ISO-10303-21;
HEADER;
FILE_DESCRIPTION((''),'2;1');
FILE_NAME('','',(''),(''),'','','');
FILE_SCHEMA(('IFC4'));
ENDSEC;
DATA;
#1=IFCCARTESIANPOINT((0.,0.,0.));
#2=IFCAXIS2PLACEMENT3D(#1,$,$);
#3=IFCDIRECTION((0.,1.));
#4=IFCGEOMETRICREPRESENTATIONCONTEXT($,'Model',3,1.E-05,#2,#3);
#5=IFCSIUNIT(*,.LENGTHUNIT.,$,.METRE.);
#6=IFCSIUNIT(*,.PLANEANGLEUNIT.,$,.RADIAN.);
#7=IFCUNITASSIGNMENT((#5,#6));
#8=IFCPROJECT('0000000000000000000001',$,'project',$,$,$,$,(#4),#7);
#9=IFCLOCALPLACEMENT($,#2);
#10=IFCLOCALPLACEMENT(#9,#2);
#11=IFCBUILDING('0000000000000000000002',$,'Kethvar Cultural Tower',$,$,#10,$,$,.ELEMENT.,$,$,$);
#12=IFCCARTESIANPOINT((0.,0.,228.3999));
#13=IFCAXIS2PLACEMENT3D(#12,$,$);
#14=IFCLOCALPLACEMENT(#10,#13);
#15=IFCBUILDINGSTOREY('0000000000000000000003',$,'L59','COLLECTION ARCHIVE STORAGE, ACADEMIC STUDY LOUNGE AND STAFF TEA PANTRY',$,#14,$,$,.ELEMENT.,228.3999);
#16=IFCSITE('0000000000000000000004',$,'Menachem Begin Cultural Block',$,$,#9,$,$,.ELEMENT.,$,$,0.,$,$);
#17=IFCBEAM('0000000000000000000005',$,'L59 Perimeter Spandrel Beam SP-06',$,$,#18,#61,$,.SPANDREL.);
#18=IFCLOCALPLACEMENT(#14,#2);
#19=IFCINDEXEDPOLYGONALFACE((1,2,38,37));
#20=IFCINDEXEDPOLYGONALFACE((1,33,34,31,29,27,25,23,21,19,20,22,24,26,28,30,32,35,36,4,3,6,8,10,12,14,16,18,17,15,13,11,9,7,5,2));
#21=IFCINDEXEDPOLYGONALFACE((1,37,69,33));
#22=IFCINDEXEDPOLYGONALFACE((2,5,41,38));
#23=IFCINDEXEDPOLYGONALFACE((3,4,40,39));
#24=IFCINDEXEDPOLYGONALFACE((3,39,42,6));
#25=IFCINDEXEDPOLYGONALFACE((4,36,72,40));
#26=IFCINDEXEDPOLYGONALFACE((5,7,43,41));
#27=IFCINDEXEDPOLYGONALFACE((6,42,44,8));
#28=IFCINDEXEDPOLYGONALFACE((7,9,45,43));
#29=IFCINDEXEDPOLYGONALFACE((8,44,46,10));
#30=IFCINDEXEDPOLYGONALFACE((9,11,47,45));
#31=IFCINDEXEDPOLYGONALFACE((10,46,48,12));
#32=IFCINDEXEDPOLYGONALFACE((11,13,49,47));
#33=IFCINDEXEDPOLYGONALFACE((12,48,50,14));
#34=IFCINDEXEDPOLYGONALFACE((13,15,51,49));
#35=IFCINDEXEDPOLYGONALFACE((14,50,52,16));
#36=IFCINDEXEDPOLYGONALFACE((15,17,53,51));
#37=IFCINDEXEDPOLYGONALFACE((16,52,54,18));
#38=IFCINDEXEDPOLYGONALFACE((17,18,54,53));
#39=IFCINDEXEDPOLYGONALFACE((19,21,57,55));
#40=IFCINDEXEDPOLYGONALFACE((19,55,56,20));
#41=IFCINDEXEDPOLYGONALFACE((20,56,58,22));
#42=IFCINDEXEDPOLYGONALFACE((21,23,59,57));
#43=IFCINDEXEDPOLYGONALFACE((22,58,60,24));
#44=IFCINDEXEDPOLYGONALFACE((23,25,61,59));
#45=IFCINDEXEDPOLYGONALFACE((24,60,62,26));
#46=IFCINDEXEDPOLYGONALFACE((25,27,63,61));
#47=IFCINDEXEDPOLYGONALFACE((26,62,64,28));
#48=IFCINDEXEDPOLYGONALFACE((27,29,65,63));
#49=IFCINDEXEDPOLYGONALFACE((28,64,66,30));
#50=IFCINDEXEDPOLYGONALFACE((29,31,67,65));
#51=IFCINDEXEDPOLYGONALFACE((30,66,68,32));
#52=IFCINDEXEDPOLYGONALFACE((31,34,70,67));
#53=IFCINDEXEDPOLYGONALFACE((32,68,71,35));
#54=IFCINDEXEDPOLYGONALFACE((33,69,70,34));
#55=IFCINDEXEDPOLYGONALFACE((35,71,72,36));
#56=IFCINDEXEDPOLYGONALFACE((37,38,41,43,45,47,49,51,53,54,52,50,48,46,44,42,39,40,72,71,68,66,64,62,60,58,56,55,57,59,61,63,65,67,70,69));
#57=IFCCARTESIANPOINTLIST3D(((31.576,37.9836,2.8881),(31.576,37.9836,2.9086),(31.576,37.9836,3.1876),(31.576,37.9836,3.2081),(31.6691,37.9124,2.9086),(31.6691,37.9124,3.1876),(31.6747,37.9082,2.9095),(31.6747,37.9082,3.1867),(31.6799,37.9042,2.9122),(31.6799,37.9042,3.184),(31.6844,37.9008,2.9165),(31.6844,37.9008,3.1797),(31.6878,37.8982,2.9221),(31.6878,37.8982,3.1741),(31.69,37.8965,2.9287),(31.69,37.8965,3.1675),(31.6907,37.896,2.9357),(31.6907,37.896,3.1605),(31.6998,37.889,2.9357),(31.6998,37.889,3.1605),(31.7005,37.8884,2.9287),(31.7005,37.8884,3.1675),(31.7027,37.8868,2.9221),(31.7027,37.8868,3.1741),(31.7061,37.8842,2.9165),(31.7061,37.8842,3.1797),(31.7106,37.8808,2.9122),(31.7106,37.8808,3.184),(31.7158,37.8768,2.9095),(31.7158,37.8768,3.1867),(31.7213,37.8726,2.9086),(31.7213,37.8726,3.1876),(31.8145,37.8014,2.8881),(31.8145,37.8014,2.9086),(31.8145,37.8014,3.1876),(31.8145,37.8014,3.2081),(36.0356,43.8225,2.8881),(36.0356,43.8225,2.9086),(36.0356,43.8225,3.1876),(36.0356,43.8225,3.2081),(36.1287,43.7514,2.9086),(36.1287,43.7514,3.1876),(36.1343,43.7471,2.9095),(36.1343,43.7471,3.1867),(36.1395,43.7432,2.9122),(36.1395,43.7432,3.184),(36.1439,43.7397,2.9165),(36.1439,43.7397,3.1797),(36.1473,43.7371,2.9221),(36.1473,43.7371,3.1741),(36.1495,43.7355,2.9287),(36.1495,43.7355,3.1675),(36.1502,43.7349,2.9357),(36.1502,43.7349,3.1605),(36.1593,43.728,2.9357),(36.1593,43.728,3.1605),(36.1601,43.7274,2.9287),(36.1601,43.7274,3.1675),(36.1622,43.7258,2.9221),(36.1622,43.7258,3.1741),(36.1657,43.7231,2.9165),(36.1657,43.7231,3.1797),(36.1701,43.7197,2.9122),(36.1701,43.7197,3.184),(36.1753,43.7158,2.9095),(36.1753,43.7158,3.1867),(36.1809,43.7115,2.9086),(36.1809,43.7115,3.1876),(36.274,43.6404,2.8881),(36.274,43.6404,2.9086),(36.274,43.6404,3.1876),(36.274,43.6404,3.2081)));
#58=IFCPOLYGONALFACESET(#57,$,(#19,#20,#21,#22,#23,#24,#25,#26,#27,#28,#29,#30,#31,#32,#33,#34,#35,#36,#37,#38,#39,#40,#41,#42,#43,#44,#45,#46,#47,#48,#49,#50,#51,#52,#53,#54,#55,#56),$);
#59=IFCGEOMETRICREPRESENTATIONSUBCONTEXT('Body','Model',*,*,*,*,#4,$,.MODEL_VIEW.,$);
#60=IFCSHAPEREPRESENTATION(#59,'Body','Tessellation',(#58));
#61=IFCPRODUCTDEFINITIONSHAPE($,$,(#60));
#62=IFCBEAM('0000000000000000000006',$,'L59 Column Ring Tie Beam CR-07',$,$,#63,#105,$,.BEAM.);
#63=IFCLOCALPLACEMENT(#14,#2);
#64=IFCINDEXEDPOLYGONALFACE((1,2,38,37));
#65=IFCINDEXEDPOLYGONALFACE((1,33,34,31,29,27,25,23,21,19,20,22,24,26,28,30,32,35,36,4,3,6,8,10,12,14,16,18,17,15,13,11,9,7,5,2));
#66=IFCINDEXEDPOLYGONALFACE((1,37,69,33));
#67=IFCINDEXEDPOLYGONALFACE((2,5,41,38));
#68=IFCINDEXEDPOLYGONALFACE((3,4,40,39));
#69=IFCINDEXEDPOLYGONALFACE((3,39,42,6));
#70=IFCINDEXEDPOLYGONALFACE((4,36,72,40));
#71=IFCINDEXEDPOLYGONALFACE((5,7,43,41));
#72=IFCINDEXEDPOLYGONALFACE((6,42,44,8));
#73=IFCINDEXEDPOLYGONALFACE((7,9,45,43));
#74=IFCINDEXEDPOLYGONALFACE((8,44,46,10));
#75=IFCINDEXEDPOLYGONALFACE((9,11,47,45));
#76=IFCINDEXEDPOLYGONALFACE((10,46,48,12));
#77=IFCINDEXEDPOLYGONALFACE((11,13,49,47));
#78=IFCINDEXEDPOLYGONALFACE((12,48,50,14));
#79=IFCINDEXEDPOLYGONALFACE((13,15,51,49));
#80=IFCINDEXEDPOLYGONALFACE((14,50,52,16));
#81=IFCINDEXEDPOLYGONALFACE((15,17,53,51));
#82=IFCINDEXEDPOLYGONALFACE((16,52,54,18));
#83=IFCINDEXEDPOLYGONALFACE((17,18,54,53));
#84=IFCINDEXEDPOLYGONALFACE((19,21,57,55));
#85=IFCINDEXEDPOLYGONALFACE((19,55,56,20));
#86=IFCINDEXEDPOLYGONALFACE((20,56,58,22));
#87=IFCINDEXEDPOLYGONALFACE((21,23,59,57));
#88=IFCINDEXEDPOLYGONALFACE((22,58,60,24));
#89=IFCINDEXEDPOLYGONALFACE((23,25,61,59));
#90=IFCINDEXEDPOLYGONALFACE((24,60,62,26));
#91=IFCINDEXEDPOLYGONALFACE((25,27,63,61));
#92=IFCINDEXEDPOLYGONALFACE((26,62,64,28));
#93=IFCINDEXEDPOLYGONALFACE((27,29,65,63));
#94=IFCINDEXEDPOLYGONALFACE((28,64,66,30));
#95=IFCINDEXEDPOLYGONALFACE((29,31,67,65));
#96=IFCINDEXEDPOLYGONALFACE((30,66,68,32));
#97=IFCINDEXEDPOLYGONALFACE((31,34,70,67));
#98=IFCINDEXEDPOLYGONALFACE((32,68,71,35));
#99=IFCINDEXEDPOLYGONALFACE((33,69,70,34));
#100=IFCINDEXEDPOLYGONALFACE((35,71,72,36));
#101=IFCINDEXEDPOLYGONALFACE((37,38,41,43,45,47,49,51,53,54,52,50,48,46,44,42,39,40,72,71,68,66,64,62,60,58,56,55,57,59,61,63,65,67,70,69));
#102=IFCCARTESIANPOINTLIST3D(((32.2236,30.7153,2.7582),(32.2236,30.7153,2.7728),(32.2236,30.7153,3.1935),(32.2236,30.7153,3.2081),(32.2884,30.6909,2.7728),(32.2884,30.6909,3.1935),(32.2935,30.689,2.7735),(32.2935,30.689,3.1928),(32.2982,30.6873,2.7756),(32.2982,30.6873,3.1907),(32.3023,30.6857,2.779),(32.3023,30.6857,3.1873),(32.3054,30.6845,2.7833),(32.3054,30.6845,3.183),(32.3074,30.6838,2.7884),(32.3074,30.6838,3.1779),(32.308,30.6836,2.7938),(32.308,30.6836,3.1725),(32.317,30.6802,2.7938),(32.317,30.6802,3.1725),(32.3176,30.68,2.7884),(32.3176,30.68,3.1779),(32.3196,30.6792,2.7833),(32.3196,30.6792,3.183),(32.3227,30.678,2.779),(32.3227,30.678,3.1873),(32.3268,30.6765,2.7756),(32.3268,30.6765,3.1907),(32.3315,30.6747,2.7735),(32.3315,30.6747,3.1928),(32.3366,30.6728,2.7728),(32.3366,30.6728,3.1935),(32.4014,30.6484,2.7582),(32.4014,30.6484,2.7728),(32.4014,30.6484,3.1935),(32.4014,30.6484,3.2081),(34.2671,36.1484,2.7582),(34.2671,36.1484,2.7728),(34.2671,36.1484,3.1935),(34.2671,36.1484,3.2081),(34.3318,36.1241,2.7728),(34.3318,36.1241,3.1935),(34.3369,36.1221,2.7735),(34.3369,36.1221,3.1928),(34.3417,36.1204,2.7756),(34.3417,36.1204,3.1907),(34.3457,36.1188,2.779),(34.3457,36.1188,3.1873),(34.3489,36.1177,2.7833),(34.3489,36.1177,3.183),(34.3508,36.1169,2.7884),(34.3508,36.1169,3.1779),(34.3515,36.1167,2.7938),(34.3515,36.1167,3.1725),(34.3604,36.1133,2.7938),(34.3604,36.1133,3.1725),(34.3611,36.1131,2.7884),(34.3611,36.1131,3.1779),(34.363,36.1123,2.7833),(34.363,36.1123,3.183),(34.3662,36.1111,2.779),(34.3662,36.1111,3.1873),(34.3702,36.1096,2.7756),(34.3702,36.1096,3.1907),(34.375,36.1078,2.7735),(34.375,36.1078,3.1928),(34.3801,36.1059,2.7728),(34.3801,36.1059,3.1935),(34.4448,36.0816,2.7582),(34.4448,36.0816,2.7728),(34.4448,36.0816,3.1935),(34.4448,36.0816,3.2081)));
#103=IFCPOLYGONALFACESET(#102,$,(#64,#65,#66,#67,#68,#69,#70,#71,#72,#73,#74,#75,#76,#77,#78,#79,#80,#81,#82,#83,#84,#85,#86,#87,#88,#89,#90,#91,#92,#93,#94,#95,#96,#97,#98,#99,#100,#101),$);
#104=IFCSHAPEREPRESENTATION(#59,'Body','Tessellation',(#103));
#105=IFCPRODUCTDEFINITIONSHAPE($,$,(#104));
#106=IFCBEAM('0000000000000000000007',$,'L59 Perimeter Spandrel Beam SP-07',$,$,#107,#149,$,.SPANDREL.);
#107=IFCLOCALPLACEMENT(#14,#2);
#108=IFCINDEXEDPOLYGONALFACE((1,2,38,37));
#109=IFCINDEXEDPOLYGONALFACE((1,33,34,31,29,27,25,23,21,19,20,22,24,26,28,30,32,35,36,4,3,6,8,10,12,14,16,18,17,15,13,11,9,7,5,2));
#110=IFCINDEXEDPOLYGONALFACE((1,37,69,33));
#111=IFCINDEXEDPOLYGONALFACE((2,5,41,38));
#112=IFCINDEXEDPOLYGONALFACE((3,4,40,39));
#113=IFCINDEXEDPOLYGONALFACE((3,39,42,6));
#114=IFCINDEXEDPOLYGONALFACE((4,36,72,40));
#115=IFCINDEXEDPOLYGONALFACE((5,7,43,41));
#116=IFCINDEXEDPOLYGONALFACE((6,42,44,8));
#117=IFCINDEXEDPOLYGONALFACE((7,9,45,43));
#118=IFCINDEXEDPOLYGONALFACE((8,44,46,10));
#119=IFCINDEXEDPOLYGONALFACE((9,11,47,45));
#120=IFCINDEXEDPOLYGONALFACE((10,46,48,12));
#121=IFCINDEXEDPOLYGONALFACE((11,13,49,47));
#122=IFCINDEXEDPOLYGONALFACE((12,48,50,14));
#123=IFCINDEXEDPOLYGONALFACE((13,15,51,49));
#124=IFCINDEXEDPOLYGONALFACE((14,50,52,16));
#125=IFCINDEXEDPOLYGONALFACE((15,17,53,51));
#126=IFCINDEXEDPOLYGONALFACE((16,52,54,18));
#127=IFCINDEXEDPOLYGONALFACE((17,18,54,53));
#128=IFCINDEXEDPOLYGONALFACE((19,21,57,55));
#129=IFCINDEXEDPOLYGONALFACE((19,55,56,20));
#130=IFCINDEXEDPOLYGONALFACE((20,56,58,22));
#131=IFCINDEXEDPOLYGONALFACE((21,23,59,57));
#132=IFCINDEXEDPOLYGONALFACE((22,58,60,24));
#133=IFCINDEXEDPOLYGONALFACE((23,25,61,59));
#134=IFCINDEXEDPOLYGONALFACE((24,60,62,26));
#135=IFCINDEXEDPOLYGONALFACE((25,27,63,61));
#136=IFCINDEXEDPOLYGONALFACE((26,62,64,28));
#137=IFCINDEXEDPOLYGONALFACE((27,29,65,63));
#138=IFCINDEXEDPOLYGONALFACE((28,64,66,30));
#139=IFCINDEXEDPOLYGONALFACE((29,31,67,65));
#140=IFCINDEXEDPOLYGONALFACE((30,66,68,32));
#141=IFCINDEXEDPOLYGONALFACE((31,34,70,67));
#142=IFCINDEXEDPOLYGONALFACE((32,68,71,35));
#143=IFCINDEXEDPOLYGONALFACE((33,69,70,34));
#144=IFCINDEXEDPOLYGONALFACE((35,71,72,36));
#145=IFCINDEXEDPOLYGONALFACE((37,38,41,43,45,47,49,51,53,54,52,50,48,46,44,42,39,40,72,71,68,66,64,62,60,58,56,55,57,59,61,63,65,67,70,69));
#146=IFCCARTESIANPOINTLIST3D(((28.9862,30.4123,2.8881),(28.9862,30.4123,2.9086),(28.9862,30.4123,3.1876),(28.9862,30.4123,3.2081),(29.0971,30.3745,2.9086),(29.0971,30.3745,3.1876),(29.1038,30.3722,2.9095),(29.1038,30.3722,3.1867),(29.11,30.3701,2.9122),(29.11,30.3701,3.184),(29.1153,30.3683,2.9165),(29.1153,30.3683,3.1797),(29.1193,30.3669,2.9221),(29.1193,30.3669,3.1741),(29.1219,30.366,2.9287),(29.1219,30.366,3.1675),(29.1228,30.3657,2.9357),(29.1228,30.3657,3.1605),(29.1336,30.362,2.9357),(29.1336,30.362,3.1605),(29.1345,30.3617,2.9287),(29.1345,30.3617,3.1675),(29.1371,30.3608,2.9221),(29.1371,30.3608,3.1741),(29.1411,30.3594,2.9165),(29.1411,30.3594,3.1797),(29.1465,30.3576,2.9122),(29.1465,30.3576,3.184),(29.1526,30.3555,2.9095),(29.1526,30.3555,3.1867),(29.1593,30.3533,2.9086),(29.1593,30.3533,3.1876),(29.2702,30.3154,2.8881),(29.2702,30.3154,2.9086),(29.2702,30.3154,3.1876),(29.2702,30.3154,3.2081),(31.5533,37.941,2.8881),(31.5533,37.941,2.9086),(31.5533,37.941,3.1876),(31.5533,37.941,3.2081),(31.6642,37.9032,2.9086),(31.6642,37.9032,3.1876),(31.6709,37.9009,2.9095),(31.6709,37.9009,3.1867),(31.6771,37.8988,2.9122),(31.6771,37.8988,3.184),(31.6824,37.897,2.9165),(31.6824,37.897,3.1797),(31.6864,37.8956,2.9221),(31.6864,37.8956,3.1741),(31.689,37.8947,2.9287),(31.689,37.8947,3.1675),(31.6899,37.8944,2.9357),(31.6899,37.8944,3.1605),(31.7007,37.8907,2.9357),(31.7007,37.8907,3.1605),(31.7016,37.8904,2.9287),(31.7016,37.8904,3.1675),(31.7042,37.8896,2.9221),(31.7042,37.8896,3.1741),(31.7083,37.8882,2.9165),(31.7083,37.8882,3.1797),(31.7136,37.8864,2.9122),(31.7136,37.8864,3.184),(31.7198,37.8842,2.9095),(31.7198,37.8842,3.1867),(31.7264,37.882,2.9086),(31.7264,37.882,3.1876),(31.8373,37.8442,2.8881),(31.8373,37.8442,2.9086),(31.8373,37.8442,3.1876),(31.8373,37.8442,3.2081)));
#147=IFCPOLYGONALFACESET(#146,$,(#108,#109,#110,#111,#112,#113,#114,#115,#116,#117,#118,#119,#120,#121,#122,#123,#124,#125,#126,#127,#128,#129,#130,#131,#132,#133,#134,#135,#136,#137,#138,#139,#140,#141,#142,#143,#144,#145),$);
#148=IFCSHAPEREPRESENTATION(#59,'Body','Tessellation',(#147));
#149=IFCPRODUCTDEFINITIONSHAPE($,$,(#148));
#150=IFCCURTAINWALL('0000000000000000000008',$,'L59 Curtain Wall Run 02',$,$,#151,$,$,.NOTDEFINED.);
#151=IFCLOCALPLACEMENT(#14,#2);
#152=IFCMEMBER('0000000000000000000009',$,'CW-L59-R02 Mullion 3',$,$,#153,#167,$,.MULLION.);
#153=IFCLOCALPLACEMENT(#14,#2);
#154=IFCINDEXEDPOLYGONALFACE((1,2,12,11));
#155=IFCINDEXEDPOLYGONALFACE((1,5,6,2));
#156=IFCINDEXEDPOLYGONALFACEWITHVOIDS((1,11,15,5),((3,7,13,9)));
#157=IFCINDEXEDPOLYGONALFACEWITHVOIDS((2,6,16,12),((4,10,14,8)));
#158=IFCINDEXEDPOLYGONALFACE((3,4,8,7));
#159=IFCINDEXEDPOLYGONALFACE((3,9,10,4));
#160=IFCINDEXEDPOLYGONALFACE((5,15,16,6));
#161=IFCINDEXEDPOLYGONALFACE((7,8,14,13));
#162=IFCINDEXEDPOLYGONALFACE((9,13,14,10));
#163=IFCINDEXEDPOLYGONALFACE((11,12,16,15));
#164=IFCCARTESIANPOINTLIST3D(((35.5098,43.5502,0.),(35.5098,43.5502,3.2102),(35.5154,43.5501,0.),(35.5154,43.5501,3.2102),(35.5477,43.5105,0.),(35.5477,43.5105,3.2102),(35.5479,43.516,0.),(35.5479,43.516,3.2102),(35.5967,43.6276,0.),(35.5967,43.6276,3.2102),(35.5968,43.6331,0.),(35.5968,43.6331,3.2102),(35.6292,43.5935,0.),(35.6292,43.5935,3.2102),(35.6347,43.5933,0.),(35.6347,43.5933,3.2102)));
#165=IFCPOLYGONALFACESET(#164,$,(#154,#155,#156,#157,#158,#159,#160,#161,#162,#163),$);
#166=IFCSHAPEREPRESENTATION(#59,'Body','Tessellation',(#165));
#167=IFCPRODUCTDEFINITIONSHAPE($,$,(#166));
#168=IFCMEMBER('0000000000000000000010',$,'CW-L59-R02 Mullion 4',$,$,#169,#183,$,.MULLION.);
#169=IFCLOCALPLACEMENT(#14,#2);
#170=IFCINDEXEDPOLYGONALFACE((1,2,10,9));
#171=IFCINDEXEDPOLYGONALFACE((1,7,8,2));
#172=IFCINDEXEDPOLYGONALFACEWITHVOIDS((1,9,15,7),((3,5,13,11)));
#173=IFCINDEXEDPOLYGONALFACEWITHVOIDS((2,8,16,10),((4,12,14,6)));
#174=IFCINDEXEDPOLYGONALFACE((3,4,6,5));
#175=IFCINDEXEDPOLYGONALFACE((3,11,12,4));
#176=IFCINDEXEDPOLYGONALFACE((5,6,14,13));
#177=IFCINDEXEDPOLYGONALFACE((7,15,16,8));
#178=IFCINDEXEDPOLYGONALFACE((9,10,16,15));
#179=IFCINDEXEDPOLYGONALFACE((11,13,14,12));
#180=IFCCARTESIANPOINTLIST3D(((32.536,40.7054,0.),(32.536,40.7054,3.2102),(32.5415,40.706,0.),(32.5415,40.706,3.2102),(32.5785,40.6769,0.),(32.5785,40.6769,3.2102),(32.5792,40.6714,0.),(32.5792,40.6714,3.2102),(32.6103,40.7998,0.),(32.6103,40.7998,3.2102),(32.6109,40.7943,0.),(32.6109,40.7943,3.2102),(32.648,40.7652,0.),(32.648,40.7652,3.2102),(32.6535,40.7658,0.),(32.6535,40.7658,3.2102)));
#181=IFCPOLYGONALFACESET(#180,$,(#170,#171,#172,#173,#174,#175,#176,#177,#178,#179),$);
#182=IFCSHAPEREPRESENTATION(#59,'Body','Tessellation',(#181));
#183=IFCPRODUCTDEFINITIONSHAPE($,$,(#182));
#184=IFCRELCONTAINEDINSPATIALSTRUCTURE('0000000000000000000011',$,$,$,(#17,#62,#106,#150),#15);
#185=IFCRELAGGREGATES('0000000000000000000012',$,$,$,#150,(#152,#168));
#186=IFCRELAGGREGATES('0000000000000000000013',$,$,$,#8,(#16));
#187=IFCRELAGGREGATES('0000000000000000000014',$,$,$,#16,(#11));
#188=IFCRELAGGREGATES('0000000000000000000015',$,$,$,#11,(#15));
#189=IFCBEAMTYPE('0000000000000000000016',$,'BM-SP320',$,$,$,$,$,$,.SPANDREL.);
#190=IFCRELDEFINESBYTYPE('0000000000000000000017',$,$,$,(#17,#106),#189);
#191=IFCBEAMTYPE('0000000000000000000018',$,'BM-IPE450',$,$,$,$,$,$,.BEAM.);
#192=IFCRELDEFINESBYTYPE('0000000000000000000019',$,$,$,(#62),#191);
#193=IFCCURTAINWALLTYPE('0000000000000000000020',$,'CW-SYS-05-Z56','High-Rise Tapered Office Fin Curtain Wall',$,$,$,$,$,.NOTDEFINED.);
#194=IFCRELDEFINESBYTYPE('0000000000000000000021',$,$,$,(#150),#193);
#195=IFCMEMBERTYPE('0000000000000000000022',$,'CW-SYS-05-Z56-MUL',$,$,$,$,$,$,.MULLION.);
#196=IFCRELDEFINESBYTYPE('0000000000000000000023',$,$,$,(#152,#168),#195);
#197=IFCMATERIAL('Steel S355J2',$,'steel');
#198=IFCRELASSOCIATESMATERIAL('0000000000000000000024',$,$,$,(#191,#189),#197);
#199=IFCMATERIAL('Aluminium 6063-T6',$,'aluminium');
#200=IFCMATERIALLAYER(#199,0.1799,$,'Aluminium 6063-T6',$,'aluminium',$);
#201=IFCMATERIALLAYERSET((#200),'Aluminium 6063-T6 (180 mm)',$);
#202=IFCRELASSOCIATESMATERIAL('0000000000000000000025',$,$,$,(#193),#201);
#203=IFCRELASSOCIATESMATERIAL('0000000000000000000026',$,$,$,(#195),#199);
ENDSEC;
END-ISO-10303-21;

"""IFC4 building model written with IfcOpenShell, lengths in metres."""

from ifc_helpers import new_model, si_unit, direction, frame, origin, origin_2d, place, context, subcontext, project, spatial, hollow_rectangle, i_section, extrude, source, transform, mapped, material, layer, layer_set, material_profile, profile_set, type_object, element, aggregate, save


model = new_model("IFC4")

# Units and contexts
model_context = context("Model", 3, precision=1e-05, world=origin(), true_north=direction((0.0, 1.0)))
body_context = subcontext(model_context, "Body", "Model", "MODEL_VIEW")
ifc_project = project(units=[si_unit("LENGTHUNIT", "METRE"), si_unit("PLANEANGLEUNIT", "RADIAN")], contexts=[model_context])

# Site, building, storey
site_placement = place(None, origin())
site = spatial("IfcSite", under=ifc_project, at=site_placement, Name="Menachem Begin Cultural Block", CompositionType="ELEMENT", RefElevation=0.0)
building_placement = place(site_placement, origin())
building = spatial("IfcBuilding", under=site, at=building_placement, Name="Kethvar Cultural Tower", CompositionType="ELEMENT")
storey_placement = place(building_placement, frame((0.0, 0.0, 228.3999)))
storey = spatial("IfcBuildingStorey", under=building, at=storey_placement, Name="L59", Description="COLLECTION ARCHIVE STORAGE, ACADEMIC STUDY LOUNGE AND STAFF TEA PANTRY", CompositionType="ELEMENT", Elevation=228.3999)

# Beams
ifc_material_1 = material(Name="Steel S355J2", Category="steel")
ifc_material_profile_1 = material_profile(ifc_material_1, i_section(OverallWidth=0.1899, OverallDepth=0.45, WebThickness=0.0095, FlangeThickness=0.0146, FilletRadius=0.021, at=origin_2d()), Name="Steel S355J2 — IPE450")
ifc_profile_set_1 = profile_set([ifc_material_profile_1], Name="Steel S355J2 — IPE450")
beam_type_1 = type_object("IfcBeamType", Name="BM-IPE450", PredefinedType="BEAM", material=ifc_profile_set_1)
ifc_material_profile_2 = material_profile(ifc_material_1, i_section(OverallWidth=0.3, OverallDepth=0.3201, WebThickness=0.0115, FlangeThickness=0.0205, FilletRadius=0.0271, at=origin_2d()), Name="Steel S355J2 — HEB320")
ifc_profile_set_2 = profile_set([ifc_material_profile_2], Name="Steel S355J2 — HEB320")
beam_type_2 = type_object("IfcBeamType", Name="BM-SP320", PredefinedType="SPANDREL", material=ifc_profile_set_2)
shared_shape_1 = source(origin(), body_context, "Body", "SweptSolid", [
    extrude(i_section(OverallWidth=0.3, OverallDepth=0.3201, WebThickness=0.0115, FlangeThickness=0.0205, FilletRadius=0.0271, at=origin_2d()), origin(), (0.0, 0.0, 1.0), 7.3472),
])
beam_1_placement = place(storey_placement, frame((36.1548, 43.7314, 3.0481), z_axis=(-0.606974, -0.794722, 0.0), x_axis=(0.794722, -0.606974, 0.0)))
element("IfcBeam", 1, at=beam_1_placement, inside=storey, type_object=beam_type_2, Name="L59 Perimeter Spandrel Beam SP-06", PredefinedType="SPANDREL", context=body_context, shape_type="MappedRepresentation", body=[
    mapped(shared_shape_1, transform((0.0, 0.0, 0.0), scale=1.0)),
])
shared_shape_2 = source(origin(), body_context, "Body", "SweptSolid", [
    extrude(i_section(OverallWidth=0.1899, OverallDepth=0.45, WebThickness=0.0095, FlangeThickness=0.0146, FilletRadius=0.021, at=origin_2d()), origin(), (0.0, 0.0, 1.0), 5.8047),
])
beam_2_placement = place(storey_placement, frame((34.356, 36.115, 2.9832), z_axis=(-0.352036, -0.935986, 0.0), x_axis=(0.935986, -0.352036, 0.0)))
element("IfcBeam", 2, at=beam_2_placement, inside=storey, type_object=beam_type_1, Name="L59 Column Ring Tie Beam CR-07", PredefinedType="BEAM", context=body_context, shape_type="MappedRepresentation", body=[
    mapped(shared_shape_2, transform((0.0, 0.0, 0.0), scale=1.0)),
])
shared_shape_3 = source(origin(), body_context, "Body", "SweptSolid", [
    extrude(i_section(OverallWidth=0.3, OverallDepth=0.3201, WebThickness=0.0115, FlangeThickness=0.0205, FilletRadius=0.0271, at=origin_2d()), origin(), (0.0, 0.0, 1.0), 7.9543),
])
beam_3_placement = place(storey_placement, frame((31.6953, 37.8926, 3.0481), z_axis=(-0.32273, -0.946491, 0.0), x_axis=(0.946491, -0.32273, 0.0)))
element("IfcBeam", 3, at=beam_3_placement, inside=storey, type_object=beam_type_2, Name="L59 Perimeter Spandrel Beam SP-07", PredefinedType="SPANDREL", context=body_context, shape_type="MappedRepresentation", body=[
    mapped(shared_shape_3, transform((0.0, 0.0, 0.0), scale=1.0)),
])

# Curtain wall, members
ifc_material_2 = material(Name="Aluminium 6063-T6", Category="aluminium")
ifc_layer_1 = layer(ifc_material_2, 0.1799, Name="Aluminium 6063-T6", Category="aluminium")
ifc_layer_set_1 = layer_set([ifc_layer_1], Name="Aluminium 6063-T6 (180 mm)")
curtain_wall_type = type_object("IfcCurtainWallType", Name="CW-SYS-05-Z56", Description="High-Rise Tapered Office Fin Curtain Wall", PredefinedType="NOTDEFINED", material=ifc_layer_set_1)
curtain_wall_placement = place(storey_placement, origin())
curtain_wall = element("IfcCurtainWall", 4, at=curtain_wall_placement, inside=storey, type_object=curtain_wall_type, Name="L59 Curtain Wall Run 02", PredefinedType="NOTDEFINED")
ifc_material_profile_3 = material_profile(ifc_material_2, hollow_rectangle(XDim=0.0549, YDim=0.1201, WallThickness=0.0039, at=origin_2d()), Name="Aluminium 6063-T6 — RHS120x55x4")
ifc_profile_set_3 = profile_set([ifc_material_profile_3], Name="Aluminium 6063-T6 — RHS120x55x4")
member_type_1 = type_object("IfcMemberType", Name="CW-SYS-05-Z56-MUL", PredefinedType="MULLION", material=ifc_profile_set_3)
shared_shape_4 = source(origin(), body_context, "Body", "SweptSolid", [
    extrude(hollow_rectangle(XDim=0.0549, YDim=0.1201, WallThickness=0.0039, at=origin_2d()), origin(), (0.0, 0.0, 1.0), 3.2102),
])
member_1_placement = place(storey_placement, frame((35.5723, 43.5718, 0.0), z_axis=(0.0, 0.0, 1.0), x_axis=(0.689898, -0.723907, 0.0)))
member_1 = element("IfcMember", 5, at=member_1_placement, type_object=member_type_1, Name="CW-L59-R02 Mullion 3", PredefinedType="MULLION", context=body_context, shape_type="MappedRepresentation", body=[
    mapped(shared_shape_4, transform((0.0, 0.0, 0.0), scale=1.0)),
])
member_2_placement = place(storey_placement, frame((32.5947, 40.7356, 0.0), z_axis=(0.0, 0.0, 1.0), x_axis=(0.785878, -0.618381, 0.0)))
member_2 = element("IfcMember", 6, at=member_2_placement, type_object=member_type_1, Name="CW-L59-R02 Mullion 4", PredefinedType="MULLION", context=body_context, shape_type="MappedRepresentation", body=[
    mapped(shared_shape_4, transform((0.0, 0.0, 0.0), scale=1.0)),
])
aggregate(curtain_wall, [member_1, member_2])

save(model, "model.ifc")
